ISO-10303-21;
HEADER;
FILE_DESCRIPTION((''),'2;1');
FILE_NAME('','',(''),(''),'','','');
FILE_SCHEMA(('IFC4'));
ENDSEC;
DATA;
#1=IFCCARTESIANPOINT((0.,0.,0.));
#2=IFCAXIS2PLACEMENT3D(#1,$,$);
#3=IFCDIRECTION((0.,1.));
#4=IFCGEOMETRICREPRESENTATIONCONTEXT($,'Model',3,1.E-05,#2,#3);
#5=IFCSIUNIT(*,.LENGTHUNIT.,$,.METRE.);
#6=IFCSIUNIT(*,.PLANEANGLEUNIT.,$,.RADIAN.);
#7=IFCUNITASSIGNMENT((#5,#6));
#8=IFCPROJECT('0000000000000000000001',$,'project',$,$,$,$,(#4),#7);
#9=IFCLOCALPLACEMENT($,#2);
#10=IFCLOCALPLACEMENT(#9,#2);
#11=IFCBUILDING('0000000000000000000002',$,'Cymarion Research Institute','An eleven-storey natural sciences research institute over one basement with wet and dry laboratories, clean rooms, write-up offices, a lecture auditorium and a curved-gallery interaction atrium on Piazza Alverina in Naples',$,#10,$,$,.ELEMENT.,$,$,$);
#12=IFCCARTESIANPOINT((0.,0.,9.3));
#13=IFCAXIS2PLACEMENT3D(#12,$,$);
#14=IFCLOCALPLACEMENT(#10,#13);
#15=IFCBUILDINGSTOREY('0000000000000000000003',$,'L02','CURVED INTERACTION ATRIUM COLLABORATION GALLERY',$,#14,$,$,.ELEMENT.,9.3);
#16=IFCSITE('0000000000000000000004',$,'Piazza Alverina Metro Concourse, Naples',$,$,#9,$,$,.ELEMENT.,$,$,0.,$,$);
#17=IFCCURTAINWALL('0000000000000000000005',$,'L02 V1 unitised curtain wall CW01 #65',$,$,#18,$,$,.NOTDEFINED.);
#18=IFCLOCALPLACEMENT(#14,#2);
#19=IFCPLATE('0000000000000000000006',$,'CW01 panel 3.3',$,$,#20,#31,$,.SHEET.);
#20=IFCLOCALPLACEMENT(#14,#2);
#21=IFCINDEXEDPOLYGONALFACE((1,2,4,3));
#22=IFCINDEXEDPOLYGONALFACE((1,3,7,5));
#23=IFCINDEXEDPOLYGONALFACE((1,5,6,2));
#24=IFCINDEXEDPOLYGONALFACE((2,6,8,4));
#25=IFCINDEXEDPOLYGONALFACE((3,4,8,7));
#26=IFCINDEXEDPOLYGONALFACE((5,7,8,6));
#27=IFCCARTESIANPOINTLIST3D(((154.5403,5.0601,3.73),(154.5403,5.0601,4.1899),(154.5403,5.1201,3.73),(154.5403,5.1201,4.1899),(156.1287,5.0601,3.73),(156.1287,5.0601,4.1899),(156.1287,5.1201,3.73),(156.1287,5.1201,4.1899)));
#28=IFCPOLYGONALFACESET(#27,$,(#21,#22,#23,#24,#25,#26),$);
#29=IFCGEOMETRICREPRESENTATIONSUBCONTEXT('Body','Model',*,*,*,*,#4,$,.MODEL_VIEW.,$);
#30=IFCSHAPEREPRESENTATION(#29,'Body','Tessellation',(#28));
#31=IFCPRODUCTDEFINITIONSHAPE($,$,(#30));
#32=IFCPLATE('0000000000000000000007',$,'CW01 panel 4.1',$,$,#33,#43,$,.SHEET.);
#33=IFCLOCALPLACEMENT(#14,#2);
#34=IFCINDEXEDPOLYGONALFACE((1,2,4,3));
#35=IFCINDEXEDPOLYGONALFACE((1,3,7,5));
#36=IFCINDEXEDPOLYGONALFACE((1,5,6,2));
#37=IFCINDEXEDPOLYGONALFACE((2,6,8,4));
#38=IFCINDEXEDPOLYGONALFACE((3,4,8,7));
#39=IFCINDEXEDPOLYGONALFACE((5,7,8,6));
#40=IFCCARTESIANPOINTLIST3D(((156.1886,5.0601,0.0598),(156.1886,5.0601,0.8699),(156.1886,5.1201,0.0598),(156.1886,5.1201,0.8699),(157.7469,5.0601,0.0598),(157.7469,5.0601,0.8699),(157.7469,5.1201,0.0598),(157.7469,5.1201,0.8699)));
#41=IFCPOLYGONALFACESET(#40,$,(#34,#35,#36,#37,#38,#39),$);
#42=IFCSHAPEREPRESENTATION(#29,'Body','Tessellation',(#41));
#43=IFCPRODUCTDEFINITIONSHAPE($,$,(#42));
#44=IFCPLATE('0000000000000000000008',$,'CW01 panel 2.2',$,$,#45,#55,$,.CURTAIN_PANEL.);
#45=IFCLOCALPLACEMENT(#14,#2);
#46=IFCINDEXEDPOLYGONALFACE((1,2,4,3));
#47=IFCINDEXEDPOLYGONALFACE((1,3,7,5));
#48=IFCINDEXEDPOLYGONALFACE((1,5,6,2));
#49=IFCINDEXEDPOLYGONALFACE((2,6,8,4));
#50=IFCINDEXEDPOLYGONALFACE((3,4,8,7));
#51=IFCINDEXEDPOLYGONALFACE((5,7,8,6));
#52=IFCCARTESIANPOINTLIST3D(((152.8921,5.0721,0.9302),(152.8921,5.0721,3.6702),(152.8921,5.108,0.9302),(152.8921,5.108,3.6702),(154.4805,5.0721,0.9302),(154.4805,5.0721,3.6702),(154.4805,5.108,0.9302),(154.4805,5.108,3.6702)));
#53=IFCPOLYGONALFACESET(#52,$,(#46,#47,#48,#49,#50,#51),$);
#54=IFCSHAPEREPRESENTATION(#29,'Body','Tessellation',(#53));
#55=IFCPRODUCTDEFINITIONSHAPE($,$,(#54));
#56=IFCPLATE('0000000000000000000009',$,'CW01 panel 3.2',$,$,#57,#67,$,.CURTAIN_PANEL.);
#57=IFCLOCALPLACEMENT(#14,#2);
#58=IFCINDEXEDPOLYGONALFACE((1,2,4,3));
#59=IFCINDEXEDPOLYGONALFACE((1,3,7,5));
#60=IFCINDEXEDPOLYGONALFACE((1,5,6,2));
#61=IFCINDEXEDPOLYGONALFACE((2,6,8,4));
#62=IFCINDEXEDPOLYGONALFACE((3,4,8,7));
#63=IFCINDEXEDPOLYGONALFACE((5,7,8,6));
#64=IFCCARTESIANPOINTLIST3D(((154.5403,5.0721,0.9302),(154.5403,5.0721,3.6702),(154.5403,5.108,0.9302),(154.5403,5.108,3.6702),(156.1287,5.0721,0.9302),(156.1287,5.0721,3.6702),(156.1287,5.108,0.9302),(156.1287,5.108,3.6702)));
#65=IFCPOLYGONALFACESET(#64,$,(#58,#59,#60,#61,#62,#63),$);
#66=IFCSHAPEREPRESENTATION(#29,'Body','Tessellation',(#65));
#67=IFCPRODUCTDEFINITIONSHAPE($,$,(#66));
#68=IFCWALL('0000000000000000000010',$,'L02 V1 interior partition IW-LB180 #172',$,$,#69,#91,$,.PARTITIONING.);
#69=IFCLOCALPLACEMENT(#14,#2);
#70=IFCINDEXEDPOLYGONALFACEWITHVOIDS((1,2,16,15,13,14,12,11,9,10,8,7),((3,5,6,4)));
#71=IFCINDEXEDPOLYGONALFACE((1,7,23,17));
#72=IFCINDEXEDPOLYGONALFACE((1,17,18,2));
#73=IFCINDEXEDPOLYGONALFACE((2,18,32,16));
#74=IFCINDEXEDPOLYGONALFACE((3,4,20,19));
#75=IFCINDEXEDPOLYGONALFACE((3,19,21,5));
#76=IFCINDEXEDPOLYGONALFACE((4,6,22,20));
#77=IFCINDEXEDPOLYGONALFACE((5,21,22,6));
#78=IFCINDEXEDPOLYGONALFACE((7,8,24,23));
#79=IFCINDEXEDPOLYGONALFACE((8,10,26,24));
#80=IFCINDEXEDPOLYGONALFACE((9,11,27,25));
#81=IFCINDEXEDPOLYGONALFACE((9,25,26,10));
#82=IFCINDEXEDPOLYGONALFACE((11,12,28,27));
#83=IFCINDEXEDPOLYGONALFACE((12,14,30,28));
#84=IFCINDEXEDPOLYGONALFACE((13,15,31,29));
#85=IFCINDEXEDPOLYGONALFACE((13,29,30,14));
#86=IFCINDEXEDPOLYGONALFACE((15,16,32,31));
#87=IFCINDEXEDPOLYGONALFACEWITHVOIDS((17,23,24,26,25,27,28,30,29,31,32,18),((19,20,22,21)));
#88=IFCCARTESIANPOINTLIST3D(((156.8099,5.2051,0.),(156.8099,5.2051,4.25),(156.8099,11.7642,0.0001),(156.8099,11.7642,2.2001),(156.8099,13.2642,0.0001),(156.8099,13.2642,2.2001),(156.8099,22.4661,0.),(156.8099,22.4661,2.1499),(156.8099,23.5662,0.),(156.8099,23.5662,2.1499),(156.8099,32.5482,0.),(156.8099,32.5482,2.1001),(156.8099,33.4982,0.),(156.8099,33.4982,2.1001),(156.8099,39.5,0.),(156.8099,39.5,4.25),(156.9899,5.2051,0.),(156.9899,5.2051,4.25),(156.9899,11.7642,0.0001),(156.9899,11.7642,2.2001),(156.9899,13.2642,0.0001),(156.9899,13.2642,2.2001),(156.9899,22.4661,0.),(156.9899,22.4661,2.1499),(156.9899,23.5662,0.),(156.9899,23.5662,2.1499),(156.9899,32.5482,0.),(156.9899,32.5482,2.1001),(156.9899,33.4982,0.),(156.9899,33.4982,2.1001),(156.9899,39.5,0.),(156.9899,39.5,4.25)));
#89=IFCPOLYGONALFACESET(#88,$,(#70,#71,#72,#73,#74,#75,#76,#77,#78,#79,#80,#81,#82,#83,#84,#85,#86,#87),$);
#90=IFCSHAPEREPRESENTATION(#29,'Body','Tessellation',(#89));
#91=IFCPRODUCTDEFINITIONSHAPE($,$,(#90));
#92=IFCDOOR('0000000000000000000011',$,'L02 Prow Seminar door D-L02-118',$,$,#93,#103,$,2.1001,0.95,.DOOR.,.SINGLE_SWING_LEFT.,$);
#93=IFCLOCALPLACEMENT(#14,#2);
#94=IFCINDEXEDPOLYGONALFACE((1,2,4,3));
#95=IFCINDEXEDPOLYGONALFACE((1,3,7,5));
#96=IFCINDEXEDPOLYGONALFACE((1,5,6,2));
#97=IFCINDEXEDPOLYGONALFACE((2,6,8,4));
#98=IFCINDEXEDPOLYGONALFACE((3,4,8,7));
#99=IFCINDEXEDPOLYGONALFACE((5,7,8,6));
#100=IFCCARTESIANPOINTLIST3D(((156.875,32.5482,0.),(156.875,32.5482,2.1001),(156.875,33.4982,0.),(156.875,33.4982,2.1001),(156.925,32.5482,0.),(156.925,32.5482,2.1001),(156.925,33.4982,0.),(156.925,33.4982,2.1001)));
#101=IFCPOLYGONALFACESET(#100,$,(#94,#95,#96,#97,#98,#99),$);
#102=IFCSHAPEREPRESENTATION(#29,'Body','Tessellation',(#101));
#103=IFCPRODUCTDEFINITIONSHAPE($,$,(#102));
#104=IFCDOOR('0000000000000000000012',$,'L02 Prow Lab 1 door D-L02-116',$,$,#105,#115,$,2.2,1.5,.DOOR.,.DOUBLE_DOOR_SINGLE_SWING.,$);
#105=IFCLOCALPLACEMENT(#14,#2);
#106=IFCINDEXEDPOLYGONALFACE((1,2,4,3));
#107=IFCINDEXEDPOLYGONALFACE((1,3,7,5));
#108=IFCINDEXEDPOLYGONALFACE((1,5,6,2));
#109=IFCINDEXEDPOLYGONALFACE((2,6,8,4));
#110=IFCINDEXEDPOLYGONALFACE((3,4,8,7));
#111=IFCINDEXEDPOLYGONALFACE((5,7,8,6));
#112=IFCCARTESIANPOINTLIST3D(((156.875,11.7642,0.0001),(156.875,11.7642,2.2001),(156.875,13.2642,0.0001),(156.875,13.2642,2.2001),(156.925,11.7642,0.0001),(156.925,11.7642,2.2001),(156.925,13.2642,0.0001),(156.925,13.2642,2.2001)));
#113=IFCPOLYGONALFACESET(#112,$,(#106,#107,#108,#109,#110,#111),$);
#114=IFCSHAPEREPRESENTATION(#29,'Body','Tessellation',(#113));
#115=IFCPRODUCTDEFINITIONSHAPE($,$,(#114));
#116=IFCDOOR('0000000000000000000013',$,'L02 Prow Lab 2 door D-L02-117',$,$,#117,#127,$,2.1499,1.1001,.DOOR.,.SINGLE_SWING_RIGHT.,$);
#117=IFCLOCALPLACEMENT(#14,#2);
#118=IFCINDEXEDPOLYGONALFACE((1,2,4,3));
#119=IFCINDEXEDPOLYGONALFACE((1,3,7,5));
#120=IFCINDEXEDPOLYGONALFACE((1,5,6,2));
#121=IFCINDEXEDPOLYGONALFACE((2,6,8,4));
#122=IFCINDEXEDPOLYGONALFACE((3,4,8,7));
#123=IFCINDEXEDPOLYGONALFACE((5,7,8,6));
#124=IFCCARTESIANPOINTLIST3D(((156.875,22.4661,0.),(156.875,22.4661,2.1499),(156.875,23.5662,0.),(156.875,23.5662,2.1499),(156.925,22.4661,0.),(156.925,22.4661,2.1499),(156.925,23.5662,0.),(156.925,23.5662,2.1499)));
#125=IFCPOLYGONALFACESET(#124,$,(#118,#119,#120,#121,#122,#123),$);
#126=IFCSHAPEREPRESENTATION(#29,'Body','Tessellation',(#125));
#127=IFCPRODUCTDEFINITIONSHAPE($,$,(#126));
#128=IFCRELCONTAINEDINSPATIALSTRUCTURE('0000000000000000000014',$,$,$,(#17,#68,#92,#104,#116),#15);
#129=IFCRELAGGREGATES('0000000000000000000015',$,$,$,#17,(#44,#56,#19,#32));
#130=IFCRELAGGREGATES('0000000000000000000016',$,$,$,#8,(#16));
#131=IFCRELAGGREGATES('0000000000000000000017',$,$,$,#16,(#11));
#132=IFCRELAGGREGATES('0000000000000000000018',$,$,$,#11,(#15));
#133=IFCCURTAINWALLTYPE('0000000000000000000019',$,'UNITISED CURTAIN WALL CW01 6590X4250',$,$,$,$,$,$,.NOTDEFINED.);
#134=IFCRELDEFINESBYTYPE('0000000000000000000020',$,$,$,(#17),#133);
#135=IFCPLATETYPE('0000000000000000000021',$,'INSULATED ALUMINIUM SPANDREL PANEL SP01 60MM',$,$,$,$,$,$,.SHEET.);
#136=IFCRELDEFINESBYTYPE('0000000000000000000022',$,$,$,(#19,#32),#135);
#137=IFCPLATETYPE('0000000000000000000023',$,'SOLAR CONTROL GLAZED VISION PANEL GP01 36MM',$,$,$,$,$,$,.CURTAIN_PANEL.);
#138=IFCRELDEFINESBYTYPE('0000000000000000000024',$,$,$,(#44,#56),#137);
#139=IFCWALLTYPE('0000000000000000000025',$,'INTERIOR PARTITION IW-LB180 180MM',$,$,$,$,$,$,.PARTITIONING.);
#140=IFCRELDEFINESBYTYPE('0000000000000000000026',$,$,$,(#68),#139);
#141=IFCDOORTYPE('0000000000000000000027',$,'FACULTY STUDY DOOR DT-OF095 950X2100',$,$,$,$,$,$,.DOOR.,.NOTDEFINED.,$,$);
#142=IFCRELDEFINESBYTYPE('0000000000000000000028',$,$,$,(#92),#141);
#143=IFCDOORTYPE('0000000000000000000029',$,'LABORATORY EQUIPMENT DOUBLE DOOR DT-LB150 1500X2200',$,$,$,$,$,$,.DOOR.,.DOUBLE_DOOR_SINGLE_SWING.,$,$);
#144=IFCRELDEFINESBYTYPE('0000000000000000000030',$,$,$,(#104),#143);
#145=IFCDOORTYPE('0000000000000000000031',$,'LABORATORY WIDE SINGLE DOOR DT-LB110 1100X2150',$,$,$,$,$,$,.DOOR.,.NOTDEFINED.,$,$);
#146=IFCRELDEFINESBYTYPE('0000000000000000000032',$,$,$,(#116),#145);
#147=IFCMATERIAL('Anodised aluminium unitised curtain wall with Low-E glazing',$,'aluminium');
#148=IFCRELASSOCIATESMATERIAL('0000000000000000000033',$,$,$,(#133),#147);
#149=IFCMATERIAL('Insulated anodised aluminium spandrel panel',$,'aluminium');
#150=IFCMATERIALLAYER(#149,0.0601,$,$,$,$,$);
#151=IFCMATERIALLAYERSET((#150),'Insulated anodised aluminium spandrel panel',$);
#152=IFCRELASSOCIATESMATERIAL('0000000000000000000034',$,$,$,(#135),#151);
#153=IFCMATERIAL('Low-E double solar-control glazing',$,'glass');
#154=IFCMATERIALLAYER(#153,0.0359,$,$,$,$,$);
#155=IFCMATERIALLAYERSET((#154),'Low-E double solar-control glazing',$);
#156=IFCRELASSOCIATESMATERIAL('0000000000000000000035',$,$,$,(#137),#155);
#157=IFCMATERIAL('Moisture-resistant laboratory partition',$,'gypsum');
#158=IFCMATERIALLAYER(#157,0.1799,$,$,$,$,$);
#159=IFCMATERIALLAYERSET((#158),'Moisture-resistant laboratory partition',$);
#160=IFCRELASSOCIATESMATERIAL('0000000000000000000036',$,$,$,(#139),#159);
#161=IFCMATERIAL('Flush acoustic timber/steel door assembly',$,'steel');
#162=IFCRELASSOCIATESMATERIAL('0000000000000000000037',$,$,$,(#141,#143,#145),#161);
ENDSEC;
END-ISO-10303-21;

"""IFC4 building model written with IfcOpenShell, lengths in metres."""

from ifc_helpers import new_model, si_unit, direction, frame, frame_2d, origin, origin_2d, place, context, subcontext, project, spatial, rectangle, extrude, material, layer, layer_set, type_object, element, fill, aggregate, save


model = new_model("IFC4")

# Units and contexts
model_context = context("Model", 3, precision=1e-05, world=origin(), true_north=direction((0.0, 1.0)))
body_context = subcontext(model_context, "Body", "Model", "MODEL_VIEW")
ifc_project = project(units=[si_unit("LENGTHUNIT", "METRE"), si_unit("PLANEANGLEUNIT", "RADIAN")], contexts=[model_context])

# Site, building, storey
site_placement = place(None, origin())
site = spatial("IfcSite", under=ifc_project, at=site_placement, Name="Piazza Alverina Metro Concourse, Naples", CompositionType="ELEMENT", RefElevation=0.0)
building_placement = place(site_placement, origin())
building = spatial("IfcBuilding", under=site, at=building_placement, Name="Cymarion Research Institute", Description="An eleven-storey natural sciences research institute over one basement with wet and dry laboratories, clean rooms, write-up offices, a lecture auditorium and a curved-gallery interaction atrium on Piazza Alverina in Naples", CompositionType="ELEMENT")
storey_placement = place(building_placement, frame((0.0, 0.0, 9.3)))
storey = spatial("IfcBuildingStorey", under=building, at=storey_placement, Name="L02", Description="CURVED INTERACTION ATRIUM COLLABORATION GALLERY", CompositionType="ELEMENT", Elevation=9.3)

# Curtain wall
ifc_material_1 = material(Name="Anodised aluminium unitised curtain wall with Low-E glazing", Category="aluminium")
curtain_wall_type = type_object("IfcCurtainWallType", Name="UNITISED CURTAIN WALL CW01 6590X4250", PredefinedType="NOTDEFINED", material=ifc_material_1)
curtain_wall_placement = place(storey_placement, origin())
curtain_wall = element("IfcCurtainWall", 1, at=curtain_wall_placement, inside=storey, type_object=curtain_wall_type, Name="L02 V1 unitised curtain wall CW01 #65", PredefinedType="NOTDEFINED")

# Plates
ifc_material_2 = material(Name="Insulated anodised aluminium spandrel panel", Category="aluminium")
ifc_layer_1 = layer(ifc_material_2, 0.0601)
ifc_layer_set_1 = layer_set([ifc_layer_1], Name="Insulated anodised aluminium spandrel panel")
plate_type_1 = type_object("IfcPlateType", Name="INSULATED ALUMINIUM SPANDREL PANEL SP01 60MM", PredefinedType="SHEET", material=ifc_layer_set_1)
plate_1_placement = place(storey_placement, frame((155.3345, 5.0901, 3.73), z_axis=(0.0, 0.0, 1.0), x_axis=(1.0, 0.0, 0.0)))
plate_1 = element("IfcPlate", 2, at=plate_1_placement, type_object=plate_type_1, Name="CW01 panel 3.3", PredefinedType="SHEET", context=body_context, shape_type="SweptSolid", body=[
    extrude(rectangle(XDim=1.5884, YDim=0.0601, at=origin_2d()), origin(), (0.0, 0.0, 1.0), 0.46),
])
plate_2_placement = place(storey_placement, frame((156.9678, 5.0901, 0.0598), z_axis=(0.0, 0.0, 1.0), x_axis=(1.0, 0.0, 0.0)))
plate_2 = element("IfcPlate", 3, at=plate_2_placement, type_object=plate_type_1, Name="CW01 panel 4.1", PredefinedType="SHEET", context=body_context, shape_type="SweptSolid", body=[
    extrude(rectangle(XDim=1.5583, YDim=0.0601, at=origin_2d()), origin(), (0.0, 0.0, 1.0), 0.8101),
])
ifc_material_3 = material(Name="Low-E double solar-control glazing", Category="glass")
ifc_layer_2 = layer(ifc_material_3, 0.0359)
ifc_layer_set_2 = layer_set([ifc_layer_2], Name="Low-E double solar-control glazing")
plate_type_2 = type_object("IfcPlateType", Name="SOLAR CONTROL GLAZED VISION PANEL GP01 36MM", PredefinedType="CURTAIN_PANEL", material=ifc_layer_set_2)
plate_3_placement = place(storey_placement, frame((153.6863, 5.0901, 0.9302), z_axis=(0.0, 0.0, 1.0), x_axis=(1.0, 0.0, 0.0)))
plate_3 = element("IfcPlate", 4, at=plate_3_placement, type_object=plate_type_2, Name="CW01 panel 2.2", PredefinedType="CURTAIN_PANEL", context=body_context, shape_type="SweptSolid", body=[
    extrude(rectangle(XDim=1.5884, YDim=0.0359, at=origin_2d()), origin(), (0.0, 0.0, 1.0), 2.74),
])
plate_4_placement = place(storey_placement, frame((155.3345, 5.0901, 0.9302), z_axis=(0.0, 0.0, 1.0), x_axis=(1.0, 0.0, 0.0)))
plate_4 = element("IfcPlate", 5, at=plate_4_placement, type_object=plate_type_2, Name="CW01 panel 3.2", PredefinedType="CURTAIN_PANEL", context=body_context, shape_type="SweptSolid", body=[
    extrude(rectangle(XDim=1.5884, YDim=0.0359, at=origin_2d()), origin(), (0.0, 0.0, 1.0), 2.74),
])
aggregate(curtain_wall, [plate_3, plate_4, plate_1, plate_2])

# Wall, openings, doors
ifc_material_4 = material(Name="Moisture-resistant laboratory partition", Category="gypsum")
ifc_layer_3 = layer(ifc_material_4, 0.1799)
ifc_layer_set_3 = layer_set([ifc_layer_3], Name="Moisture-resistant laboratory partition")
wall_type_1 = type_object("IfcWallType", Name="INTERIOR PARTITION IW-LB180 180MM", PredefinedType="PARTITIONING", material=ifc_layer_set_3)
wall_1_placement = place(storey_placement, frame((156.8999, 5.2051, 0.0), z_axis=(0.0, 0.0, 1.0), x_axis=(0.0, 1.0, 0.0)))
wall_1 = element("IfcWall", 6, at=wall_1_placement, inside=storey, type_object=wall_type_1, Name="L02 V1 interior partition IW-LB180 #172", PredefinedType="PARTITIONING", context=body_context, shape_type="SweptSolid", body=[
    extrude(rectangle(XDim=34.2949, YDim=0.1799, at=frame_2d((17.1475, 0.0))), origin(), (0.0, 0.0, 1.0), 4.25),
])
opening_1_placement = place(wall_1_placement, frame((6.5591, 0.0, 0.0)))
opening_1 = element("IfcOpeningElement", 7, at=opening_1_placement, cuts=wall_1, PredefinedType="OPENING", context=body_context, shape_type="SweptSolid", body=[
    extrude(rectangle(XDim=1.5, YDim=2.2, at=frame_2d((0.75, 1.1001))), frame((0.0, 0.0999, 0.0), z_axis=(0.0, -1.0, 0.0), x_axis=(1.0, 0.0, 0.0)), (0.0, 0.0, 1.0), 0.2),
])
opening_2_placement = place(wall_1_placement, frame((17.261, 0.0, 0.0)))
opening_2 = element("IfcOpeningElement", 8, at=opening_2_placement, cuts=wall_1, PredefinedType="OPENING", context=body_context, shape_type="SweptSolid", body=[
    extrude(rectangle(XDim=1.1001, YDim=2.1499, at=frame_2d((0.55, 1.075))), frame((0.0, 0.0999, 0.0), z_axis=(0.0, -1.0, 0.0), x_axis=(1.0, 0.0, 0.0)), (0.0, 0.0, 1.0), 0.2),
])
opening_3_placement = place(wall_1_placement, frame((27.343, 0.0, 0.0)))
opening_3 = element("IfcOpeningElement", 9, at=opening_3_placement, cuts=wall_1, PredefinedType="OPENING", context=body_context, shape_type="SweptSolid", body=[
    extrude(rectangle(XDim=0.95, YDim=2.1001, at=frame_2d((0.4751, 1.05))), frame((0.0, 0.0999, 0.0), z_axis=(0.0, -1.0, 0.0), x_axis=(1.0, 0.0, 0.0)), (0.0, 0.0, 1.0), 0.2),
])
ifc_material_5 = material(Name="Flush acoustic timber/steel door assembly", Category="steel")
door_type_1 = type_object("IfcDoorType", Name="FACULTY STUDY DOOR DT-OF095 950X2100", OperationType="NOTDEFINED", PredefinedType="DOOR", material=ifc_material_5)
door_1_placement = place(opening_3_placement, origin())
door_1 = element("IfcDoor", 10, at=door_1_placement, inside=storey, type_object=door_type_1, Name="L02 Prow Seminar door D-L02-118", OperationType="SINGLE_SWING_LEFT", OverallHeight=2.1001, OverallWidth=0.95, PredefinedType="DOOR", context=body_context, shape_type="SweptSolid", body=[
    extrude(rectangle(XDim=0.95, YDim=2.1001, at=frame_2d((0.4751, 1.05))), frame((0.0, 0.0249, 0.0), z_axis=(0.0, -1.0, 0.0), x_axis=(1.0, 0.0, 0.0)), (0.0, 0.0, 1.0), 0.05),
])
fill(opening_3, door_1)
door_type_2 = type_object("IfcDoorType", Name="LABORATORY EQUIPMENT DOUBLE DOOR DT-LB150 1500X2200", OperationType="DOUBLE_DOOR_SINGLE_SWING", PredefinedType="DOOR", material=ifc_material_5)
door_2_placement = place(opening_1_placement, origin())
door_2 = element("IfcDoor", 11, at=door_2_placement, inside=storey, type_object=door_type_2, Name="L02 Prow Lab 1 door D-L02-116", OperationType="DOUBLE_DOOR_SINGLE_SWING", OverallHeight=2.2, OverallWidth=1.5, PredefinedType="DOOR", context=body_context, shape_type="SweptSolid", body=[
    extrude(rectangle(XDim=1.5, YDim=2.2, at=frame_2d((0.75, 1.1001))), frame((0.0, 0.0249, 0.0), z_axis=(0.0, -1.0, 0.0), x_axis=(1.0, 0.0, 0.0)), (0.0, 0.0, 1.0), 0.05),
])
fill(opening_1, door_2)
door_type_3 = type_object("IfcDoorType", Name="LABORATORY WIDE SINGLE DOOR DT-LB110 1100X2150", OperationType="NOTDEFINED", PredefinedType="DOOR", material=ifc_material_5)
door_3_placement = place(opening_2_placement, origin())
door_3 = element("IfcDoor", 12, at=door_3_placement, inside=storey, type_object=door_type_3, Name="L02 Prow Lab 2 door D-L02-117", OperationType="SINGLE_SWING_RIGHT", OverallHeight=2.1499, OverallWidth=1.1001, PredefinedType="DOOR", context=body_context, shape_type="SweptSolid", body=[
    extrude(rectangle(XDim=1.1001, YDim=2.1499, at=frame_2d((0.55, 1.075))), frame((0.0, 0.0249, 0.0), z_axis=(0.0, -1.0, 0.0), x_axis=(1.0, 0.0, 0.0)), (0.0, 0.0, 1.0), 0.05),
])
fill(opening_2, door_3)

save(model, "model.ifc")
